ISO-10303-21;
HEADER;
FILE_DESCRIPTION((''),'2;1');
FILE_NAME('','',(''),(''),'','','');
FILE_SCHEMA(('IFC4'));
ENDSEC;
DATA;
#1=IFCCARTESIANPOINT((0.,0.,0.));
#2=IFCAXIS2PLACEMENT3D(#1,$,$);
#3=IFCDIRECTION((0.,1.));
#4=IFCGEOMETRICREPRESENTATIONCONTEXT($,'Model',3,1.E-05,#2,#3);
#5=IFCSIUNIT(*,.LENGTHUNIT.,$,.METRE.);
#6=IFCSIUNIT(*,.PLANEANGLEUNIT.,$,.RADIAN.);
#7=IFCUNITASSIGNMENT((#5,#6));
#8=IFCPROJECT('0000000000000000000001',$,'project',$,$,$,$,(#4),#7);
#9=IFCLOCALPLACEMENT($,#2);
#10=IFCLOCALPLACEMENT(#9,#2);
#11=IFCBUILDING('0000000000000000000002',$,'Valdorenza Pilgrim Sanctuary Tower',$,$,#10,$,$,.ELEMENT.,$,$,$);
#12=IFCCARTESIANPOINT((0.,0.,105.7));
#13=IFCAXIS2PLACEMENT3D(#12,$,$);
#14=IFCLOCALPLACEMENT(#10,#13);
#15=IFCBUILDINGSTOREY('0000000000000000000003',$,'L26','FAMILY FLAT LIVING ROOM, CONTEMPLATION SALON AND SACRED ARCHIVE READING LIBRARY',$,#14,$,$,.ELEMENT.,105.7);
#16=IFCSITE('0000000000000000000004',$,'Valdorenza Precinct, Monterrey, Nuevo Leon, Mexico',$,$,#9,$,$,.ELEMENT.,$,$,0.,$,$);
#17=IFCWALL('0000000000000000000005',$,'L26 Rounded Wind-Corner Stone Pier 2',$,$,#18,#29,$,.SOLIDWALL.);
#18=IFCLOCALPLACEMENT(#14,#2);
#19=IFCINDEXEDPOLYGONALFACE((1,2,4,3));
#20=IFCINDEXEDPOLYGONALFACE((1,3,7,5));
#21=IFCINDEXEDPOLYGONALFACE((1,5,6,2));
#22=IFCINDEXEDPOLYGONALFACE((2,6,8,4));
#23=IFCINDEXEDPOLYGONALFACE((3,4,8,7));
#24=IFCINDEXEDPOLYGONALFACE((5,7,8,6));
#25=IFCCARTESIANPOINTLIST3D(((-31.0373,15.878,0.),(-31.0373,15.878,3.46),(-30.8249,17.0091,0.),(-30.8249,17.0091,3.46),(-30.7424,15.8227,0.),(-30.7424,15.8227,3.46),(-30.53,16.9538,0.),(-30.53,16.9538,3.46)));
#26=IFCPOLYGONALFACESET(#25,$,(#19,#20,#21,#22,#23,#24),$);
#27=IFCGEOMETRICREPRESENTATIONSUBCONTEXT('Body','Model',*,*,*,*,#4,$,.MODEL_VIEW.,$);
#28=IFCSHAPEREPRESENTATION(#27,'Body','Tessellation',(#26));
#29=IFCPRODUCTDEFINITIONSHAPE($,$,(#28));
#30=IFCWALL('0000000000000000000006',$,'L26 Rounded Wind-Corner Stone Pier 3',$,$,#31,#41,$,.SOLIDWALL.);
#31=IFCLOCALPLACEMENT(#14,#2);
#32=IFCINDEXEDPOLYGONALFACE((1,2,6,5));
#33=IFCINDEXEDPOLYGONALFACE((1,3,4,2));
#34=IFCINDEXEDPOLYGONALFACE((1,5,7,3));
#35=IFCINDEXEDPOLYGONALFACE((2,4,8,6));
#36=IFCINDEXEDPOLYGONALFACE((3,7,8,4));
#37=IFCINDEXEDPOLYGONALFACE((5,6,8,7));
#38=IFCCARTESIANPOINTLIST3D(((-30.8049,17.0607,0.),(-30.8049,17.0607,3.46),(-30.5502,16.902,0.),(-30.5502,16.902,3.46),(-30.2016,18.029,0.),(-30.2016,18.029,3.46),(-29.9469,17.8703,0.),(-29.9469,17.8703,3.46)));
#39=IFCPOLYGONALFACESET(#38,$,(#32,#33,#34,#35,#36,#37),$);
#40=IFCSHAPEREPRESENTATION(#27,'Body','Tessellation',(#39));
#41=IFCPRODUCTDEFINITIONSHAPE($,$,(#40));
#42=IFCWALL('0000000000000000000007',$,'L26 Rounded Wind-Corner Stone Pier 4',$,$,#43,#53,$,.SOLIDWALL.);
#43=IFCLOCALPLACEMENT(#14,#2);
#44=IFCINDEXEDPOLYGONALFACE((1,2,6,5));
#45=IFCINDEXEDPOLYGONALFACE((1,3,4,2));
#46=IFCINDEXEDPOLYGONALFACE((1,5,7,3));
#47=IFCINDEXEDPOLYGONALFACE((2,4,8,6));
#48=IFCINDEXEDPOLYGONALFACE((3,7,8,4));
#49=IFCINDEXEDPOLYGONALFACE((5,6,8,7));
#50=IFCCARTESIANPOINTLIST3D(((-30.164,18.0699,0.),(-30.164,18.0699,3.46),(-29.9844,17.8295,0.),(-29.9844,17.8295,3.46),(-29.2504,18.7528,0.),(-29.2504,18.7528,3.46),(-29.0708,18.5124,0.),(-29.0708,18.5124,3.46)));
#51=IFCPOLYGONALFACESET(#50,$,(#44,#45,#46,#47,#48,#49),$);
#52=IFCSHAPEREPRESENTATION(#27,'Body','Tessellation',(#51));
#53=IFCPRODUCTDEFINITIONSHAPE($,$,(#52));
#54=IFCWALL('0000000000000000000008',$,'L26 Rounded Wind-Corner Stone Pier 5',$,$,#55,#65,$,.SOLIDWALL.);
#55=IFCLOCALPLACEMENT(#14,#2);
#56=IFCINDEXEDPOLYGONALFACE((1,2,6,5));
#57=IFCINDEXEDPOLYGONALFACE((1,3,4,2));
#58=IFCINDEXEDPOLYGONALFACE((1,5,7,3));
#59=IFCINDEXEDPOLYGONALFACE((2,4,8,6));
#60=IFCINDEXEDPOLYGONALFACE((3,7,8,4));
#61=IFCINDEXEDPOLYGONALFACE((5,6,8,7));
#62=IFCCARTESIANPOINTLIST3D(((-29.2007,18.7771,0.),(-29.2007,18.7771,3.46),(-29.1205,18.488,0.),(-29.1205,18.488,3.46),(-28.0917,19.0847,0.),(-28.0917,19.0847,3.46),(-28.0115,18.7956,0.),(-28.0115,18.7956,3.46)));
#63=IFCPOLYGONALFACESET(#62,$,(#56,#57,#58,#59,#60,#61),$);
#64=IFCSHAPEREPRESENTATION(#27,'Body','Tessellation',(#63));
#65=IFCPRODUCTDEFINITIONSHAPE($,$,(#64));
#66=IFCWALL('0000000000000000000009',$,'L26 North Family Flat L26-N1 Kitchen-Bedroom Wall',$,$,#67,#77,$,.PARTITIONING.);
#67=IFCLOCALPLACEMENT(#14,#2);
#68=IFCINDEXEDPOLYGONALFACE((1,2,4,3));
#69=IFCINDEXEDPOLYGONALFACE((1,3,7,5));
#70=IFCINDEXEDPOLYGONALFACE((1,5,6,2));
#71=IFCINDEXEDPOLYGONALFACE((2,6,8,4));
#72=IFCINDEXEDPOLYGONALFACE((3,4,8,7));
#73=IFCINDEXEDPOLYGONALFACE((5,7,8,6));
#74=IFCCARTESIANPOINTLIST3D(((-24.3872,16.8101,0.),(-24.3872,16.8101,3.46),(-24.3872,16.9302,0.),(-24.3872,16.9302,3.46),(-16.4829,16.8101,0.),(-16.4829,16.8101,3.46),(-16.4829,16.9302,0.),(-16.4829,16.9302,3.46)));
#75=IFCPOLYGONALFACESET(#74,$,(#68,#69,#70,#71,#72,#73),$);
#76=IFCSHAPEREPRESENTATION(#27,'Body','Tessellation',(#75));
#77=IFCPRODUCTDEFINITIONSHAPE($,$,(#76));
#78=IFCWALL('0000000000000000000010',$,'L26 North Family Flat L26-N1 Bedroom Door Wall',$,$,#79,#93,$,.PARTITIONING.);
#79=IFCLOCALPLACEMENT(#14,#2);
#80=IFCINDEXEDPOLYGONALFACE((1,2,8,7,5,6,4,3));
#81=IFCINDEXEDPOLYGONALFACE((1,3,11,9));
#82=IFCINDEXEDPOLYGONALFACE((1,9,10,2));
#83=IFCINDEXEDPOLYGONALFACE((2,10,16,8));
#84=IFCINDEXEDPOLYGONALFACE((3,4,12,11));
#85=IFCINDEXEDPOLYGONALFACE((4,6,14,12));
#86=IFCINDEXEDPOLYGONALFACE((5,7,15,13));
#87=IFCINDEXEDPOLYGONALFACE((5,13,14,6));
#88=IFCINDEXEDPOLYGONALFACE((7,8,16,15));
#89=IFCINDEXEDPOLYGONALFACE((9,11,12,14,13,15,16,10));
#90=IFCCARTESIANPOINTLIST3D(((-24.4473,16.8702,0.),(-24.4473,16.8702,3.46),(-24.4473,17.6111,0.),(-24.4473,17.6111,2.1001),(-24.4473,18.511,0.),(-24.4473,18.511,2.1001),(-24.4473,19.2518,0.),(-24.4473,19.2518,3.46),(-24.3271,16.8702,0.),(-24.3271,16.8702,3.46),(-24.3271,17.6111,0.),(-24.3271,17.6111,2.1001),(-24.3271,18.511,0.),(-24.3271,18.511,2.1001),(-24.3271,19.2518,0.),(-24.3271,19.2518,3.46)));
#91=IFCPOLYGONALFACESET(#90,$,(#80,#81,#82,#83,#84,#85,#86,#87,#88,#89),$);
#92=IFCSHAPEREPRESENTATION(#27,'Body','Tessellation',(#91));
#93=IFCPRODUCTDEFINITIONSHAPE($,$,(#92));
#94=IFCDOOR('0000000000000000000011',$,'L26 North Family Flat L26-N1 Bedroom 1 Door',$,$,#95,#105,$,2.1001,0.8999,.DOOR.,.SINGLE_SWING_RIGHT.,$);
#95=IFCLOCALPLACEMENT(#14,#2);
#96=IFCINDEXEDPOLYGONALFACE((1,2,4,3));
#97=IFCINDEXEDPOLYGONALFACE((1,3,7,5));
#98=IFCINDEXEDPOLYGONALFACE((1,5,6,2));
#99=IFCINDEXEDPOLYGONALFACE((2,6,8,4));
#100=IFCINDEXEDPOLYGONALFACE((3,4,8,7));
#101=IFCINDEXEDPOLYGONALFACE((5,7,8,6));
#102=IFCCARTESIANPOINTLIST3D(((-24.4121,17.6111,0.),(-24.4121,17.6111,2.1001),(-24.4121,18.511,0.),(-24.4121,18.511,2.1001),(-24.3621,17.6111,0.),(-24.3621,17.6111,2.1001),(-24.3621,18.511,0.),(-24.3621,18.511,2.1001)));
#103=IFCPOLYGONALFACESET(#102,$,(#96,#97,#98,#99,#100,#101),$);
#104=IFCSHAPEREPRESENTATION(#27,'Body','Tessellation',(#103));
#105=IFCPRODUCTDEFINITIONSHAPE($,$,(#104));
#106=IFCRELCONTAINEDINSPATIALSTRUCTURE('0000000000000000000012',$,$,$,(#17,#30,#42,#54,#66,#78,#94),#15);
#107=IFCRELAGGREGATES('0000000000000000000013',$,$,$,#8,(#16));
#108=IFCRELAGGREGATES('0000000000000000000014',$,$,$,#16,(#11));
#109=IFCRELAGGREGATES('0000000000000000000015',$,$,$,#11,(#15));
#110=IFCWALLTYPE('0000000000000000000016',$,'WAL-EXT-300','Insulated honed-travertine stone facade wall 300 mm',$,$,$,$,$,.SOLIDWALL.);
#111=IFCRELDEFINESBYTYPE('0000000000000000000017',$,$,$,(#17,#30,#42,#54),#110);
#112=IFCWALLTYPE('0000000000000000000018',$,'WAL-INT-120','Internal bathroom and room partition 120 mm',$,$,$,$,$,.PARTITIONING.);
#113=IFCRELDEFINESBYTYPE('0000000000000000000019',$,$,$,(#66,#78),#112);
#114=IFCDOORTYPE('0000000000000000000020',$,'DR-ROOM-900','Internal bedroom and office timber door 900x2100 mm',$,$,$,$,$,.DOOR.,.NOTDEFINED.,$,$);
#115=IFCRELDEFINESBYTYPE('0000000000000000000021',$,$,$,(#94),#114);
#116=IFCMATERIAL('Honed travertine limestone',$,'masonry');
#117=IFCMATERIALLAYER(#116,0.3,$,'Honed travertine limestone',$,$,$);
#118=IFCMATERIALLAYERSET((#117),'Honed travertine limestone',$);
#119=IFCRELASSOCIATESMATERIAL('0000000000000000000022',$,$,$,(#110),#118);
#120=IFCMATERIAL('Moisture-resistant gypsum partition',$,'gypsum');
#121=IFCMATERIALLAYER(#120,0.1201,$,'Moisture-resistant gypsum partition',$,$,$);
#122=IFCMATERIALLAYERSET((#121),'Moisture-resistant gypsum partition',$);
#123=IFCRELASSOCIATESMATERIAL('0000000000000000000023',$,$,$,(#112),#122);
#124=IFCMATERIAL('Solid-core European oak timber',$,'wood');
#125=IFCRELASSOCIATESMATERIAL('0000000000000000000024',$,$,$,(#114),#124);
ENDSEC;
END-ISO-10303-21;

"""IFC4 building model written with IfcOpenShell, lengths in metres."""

from ifc_helpers import new_model, si_unit, direction, frame, frame_2d, origin, place, context, subcontext, project, spatial, rectangle, extrude, material, layer, layer_set, type_object, element, fill, save


model = new_model("IFC4")

# Units and contexts
model_context = context("Model", 3, precision=1e-05, world=origin(), true_north=direction((0.0, 1.0)))
body_context = subcontext(model_context, "Body", "Model", "MODEL_VIEW")
ifc_project = project(units=[si_unit("LENGTHUNIT", "METRE"), si_unit("PLANEANGLEUNIT", "RADIAN")], contexts=[model_context])

# Site, building, storey
site_placement = place(None, origin())
site = spatial("IfcSite", under=ifc_project, at=site_placement, Name="Valdorenza Precinct, Monterrey, Nuevo Leon, Mexico", CompositionType="ELEMENT", RefElevation=0.0)
building_placement = place(site_placement, origin())
building = spatial("IfcBuilding", under=site, at=building_placement, Name="Valdorenza Pilgrim Sanctuary Tower", CompositionType="ELEMENT")
storey_placement = place(building_placement, frame((0.0, 0.0, 105.7)))
storey = spatial("IfcBuildingStorey", under=building, at=storey_placement, Name="L26", Description="FAMILY FLAT LIVING ROOM, CONTEMPLATION SALON AND SACRED ARCHIVE READING LIBRARY", CompositionType="ELEMENT", Elevation=105.7)

# Shared definitions
ifc_material_1 = material(Name="Honed travertine limestone", Category="masonry")

# Walls
ifc_layer_1 = layer(ifc_material_1, 0.3, Name="Honed travertine limestone")
ifc_layer_set_1 = layer_set([ifc_layer_1], Name="Honed travertine limestone")
wall_type_1 = type_object("IfcWallType", Name="WAL-EXT-300", Description="Insulated honed-travertine stone facade wall 300 mm", PredefinedType="SOLIDWALL", material=ifc_layer_set_1)
wall_1_placement = place(storey_placement, frame((-30.8899, 15.8503, 0.0), z_axis=(0.0, 0.0, 1.0), x_axis=(0.184557, 0.982822, 0.0)))
element("IfcWall", 1, at=wall_1_placement, inside=storey, type_object=wall_type_1, Name="L26 Rounded Wind-Corner Stone Pier 2", PredefinedType="SOLIDWALL", context=body_context, shape_type="SweptSolid", body=[
    extrude(rectangle(XDim=1.1509, YDim=0.3, at=frame_2d((0.5754, 0.0))), origin(), (0.0, 0.0, 1.0), 3.46),
])
wall_2_placement = place(storey_placement, frame((-30.6775, 16.9814, 0.0), z_axis=(0.0, 0.0, 1.0), x_axis=(0.528806, 0.848743, 0.0)))
element("IfcWall", 2, at=wall_2_placement, inside=storey, type_object=wall_type_1, Name="L26 Rounded Wind-Corner Stone Pier 3", PredefinedType="SOLIDWALL", context=body_context, shape_type="SweptSolid", body=[
    extrude(rectangle(XDim=1.1409, YDim=0.3, at=frame_2d((0.5703, 0.0))), origin(), (0.0, 0.0, 1.0), 3.46),
])
wall_3_placement = place(storey_placement, frame((-30.0742, 17.9497, 0.0), z_axis=(0.0, 0.0, 1.0), x_axis=(0.800975, 0.598698, 0.0)))
element("IfcWall", 3, at=wall_3_placement, inside=storey, type_object=wall_type_1, Name="L26 Rounded Wind-Corner Stone Pier 4", PredefinedType="SOLIDWALL", context=body_context, shape_type="SweptSolid", body=[
    extrude(rectangle(XDim=1.1406, YDim=0.3, at=frame_2d((0.5703, 0.0))), origin(), (0.0, 0.0, 1.0), 3.46),
])
wall_4_placement = place(storey_placement, frame((-29.1606, 18.6326, 0.0), z_axis=(0.0, 0.0, 1.0), x_axis=(0.963624, 0.267261, 0.0)))
element("IfcWall", 4, at=wall_4_placement, inside=storey, type_object=wall_type_1, Name="L26 Rounded Wind-Corner Stone Pier 5", PredefinedType="SOLIDWALL", context=body_context, shape_type="SweptSolid", body=[
    extrude(rectangle(XDim=1.1509, YDim=0.3, at=frame_2d((0.5754, 0.0))), origin(), (0.0, 0.0, 1.0), 3.46),
])
ifc_material_2 = material(Name="Moisture-resistant gypsum partition", Category="gypsum")
ifc_layer_2 = layer(ifc_material_2, 0.1201, Name="Moisture-resistant gypsum partition")
ifc_layer_set_2 = layer_set([ifc_layer_2], Name="Moisture-resistant gypsum partition")
wall_type_2 = type_object("IfcWallType", Name="WAL-INT-120", Description="Internal bathroom and room partition 120 mm", PredefinedType="PARTITIONING", material=ifc_layer_set_2)
wall_5_placement = place(storey_placement, frame((-24.3872, 16.8701, 0.0), z_axis=(0.0, 0.0, 1.0), x_axis=(1.0, 0.0, 0.0)))
element("IfcWall", 5, at=wall_5_placement, inside=storey, type_object=wall_type_2, Name="L26 North Family Flat L26-N1 Kitchen-Bedroom Wall", PredefinedType="PARTITIONING", context=body_context, shape_type="SweptSolid", body=[
    extrude(rectangle(XDim=7.9043, YDim=0.1201, at=frame_2d((3.9521, 0.0))), origin(), (0.0, 0.0, 1.0), 3.46),
])

# Wall, opening, door
wall_6_placement = place(storey_placement, frame((-24.3872, 16.8701, 0.0), z_axis=(0.0, 0.0, 1.0), x_axis=(0.0, 1.0, 0.0)))
wall_6 = element("IfcWall", 6, at=wall_6_placement, inside=storey, type_object=wall_type_2, Name="L26 North Family Flat L26-N1 Bedroom Door Wall", PredefinedType="PARTITIONING", context=body_context, shape_type="SweptSolid", body=[
    extrude(rectangle(XDim=2.3816, YDim=0.1201, at=frame_2d((1.1909, 0.0))), origin(), (0.0, 0.0, 1.0), 3.46),
])
opening_placement = place(wall_6_placement, frame((0.741, 0.0, 0.0)))
opening = element("IfcOpeningElement", 7, at=opening_placement, cuts=wall_6, PredefinedType="OPENING", context=body_context, shape_type="SweptSolid", body=[
    extrude(rectangle(XDim=0.8999, YDim=2.1001, at=frame_2d((0.45, 1.05))), frame((0.0, 0.075, 0.0), z_axis=(0.0, -1.0, 0.0), x_axis=(1.0, 0.0, 0.0)), (0.0, 0.0, 1.0), 0.1499),
])
ifc_material_3 = material(Name="Solid-core European oak timber", Category="wood")
door_type = type_object("IfcDoorType", Name="DR-ROOM-900", Description="Internal bedroom and office timber door 900x2100 mm", OperationType="NOTDEFINED", PredefinedType="DOOR", material=ifc_material_3)
door_placement = place(opening_placement, origin())
door = element("IfcDoor", 8, at=door_placement, inside=storey, type_object=door_type, Name="L26 North Family Flat L26-N1 Bedroom 1 Door", OperationType="SINGLE_SWING_RIGHT", OverallHeight=2.1001, OverallWidth=0.8999, PredefinedType="DOOR", context=body_context, shape_type="SweptSolid", body=[
    extrude(rectangle(XDim=0.8999, YDim=2.1001, at=frame_2d((0.45, 1.05))), frame((0.0, 0.0249, 0.0), z_axis=(0.0, -1.0, 0.0), x_axis=(1.0, 0.0, 0.0)), (0.0, 0.0, 1.0), 0.05),
])
fill(opening, door)

save(model, "model.ifc")
